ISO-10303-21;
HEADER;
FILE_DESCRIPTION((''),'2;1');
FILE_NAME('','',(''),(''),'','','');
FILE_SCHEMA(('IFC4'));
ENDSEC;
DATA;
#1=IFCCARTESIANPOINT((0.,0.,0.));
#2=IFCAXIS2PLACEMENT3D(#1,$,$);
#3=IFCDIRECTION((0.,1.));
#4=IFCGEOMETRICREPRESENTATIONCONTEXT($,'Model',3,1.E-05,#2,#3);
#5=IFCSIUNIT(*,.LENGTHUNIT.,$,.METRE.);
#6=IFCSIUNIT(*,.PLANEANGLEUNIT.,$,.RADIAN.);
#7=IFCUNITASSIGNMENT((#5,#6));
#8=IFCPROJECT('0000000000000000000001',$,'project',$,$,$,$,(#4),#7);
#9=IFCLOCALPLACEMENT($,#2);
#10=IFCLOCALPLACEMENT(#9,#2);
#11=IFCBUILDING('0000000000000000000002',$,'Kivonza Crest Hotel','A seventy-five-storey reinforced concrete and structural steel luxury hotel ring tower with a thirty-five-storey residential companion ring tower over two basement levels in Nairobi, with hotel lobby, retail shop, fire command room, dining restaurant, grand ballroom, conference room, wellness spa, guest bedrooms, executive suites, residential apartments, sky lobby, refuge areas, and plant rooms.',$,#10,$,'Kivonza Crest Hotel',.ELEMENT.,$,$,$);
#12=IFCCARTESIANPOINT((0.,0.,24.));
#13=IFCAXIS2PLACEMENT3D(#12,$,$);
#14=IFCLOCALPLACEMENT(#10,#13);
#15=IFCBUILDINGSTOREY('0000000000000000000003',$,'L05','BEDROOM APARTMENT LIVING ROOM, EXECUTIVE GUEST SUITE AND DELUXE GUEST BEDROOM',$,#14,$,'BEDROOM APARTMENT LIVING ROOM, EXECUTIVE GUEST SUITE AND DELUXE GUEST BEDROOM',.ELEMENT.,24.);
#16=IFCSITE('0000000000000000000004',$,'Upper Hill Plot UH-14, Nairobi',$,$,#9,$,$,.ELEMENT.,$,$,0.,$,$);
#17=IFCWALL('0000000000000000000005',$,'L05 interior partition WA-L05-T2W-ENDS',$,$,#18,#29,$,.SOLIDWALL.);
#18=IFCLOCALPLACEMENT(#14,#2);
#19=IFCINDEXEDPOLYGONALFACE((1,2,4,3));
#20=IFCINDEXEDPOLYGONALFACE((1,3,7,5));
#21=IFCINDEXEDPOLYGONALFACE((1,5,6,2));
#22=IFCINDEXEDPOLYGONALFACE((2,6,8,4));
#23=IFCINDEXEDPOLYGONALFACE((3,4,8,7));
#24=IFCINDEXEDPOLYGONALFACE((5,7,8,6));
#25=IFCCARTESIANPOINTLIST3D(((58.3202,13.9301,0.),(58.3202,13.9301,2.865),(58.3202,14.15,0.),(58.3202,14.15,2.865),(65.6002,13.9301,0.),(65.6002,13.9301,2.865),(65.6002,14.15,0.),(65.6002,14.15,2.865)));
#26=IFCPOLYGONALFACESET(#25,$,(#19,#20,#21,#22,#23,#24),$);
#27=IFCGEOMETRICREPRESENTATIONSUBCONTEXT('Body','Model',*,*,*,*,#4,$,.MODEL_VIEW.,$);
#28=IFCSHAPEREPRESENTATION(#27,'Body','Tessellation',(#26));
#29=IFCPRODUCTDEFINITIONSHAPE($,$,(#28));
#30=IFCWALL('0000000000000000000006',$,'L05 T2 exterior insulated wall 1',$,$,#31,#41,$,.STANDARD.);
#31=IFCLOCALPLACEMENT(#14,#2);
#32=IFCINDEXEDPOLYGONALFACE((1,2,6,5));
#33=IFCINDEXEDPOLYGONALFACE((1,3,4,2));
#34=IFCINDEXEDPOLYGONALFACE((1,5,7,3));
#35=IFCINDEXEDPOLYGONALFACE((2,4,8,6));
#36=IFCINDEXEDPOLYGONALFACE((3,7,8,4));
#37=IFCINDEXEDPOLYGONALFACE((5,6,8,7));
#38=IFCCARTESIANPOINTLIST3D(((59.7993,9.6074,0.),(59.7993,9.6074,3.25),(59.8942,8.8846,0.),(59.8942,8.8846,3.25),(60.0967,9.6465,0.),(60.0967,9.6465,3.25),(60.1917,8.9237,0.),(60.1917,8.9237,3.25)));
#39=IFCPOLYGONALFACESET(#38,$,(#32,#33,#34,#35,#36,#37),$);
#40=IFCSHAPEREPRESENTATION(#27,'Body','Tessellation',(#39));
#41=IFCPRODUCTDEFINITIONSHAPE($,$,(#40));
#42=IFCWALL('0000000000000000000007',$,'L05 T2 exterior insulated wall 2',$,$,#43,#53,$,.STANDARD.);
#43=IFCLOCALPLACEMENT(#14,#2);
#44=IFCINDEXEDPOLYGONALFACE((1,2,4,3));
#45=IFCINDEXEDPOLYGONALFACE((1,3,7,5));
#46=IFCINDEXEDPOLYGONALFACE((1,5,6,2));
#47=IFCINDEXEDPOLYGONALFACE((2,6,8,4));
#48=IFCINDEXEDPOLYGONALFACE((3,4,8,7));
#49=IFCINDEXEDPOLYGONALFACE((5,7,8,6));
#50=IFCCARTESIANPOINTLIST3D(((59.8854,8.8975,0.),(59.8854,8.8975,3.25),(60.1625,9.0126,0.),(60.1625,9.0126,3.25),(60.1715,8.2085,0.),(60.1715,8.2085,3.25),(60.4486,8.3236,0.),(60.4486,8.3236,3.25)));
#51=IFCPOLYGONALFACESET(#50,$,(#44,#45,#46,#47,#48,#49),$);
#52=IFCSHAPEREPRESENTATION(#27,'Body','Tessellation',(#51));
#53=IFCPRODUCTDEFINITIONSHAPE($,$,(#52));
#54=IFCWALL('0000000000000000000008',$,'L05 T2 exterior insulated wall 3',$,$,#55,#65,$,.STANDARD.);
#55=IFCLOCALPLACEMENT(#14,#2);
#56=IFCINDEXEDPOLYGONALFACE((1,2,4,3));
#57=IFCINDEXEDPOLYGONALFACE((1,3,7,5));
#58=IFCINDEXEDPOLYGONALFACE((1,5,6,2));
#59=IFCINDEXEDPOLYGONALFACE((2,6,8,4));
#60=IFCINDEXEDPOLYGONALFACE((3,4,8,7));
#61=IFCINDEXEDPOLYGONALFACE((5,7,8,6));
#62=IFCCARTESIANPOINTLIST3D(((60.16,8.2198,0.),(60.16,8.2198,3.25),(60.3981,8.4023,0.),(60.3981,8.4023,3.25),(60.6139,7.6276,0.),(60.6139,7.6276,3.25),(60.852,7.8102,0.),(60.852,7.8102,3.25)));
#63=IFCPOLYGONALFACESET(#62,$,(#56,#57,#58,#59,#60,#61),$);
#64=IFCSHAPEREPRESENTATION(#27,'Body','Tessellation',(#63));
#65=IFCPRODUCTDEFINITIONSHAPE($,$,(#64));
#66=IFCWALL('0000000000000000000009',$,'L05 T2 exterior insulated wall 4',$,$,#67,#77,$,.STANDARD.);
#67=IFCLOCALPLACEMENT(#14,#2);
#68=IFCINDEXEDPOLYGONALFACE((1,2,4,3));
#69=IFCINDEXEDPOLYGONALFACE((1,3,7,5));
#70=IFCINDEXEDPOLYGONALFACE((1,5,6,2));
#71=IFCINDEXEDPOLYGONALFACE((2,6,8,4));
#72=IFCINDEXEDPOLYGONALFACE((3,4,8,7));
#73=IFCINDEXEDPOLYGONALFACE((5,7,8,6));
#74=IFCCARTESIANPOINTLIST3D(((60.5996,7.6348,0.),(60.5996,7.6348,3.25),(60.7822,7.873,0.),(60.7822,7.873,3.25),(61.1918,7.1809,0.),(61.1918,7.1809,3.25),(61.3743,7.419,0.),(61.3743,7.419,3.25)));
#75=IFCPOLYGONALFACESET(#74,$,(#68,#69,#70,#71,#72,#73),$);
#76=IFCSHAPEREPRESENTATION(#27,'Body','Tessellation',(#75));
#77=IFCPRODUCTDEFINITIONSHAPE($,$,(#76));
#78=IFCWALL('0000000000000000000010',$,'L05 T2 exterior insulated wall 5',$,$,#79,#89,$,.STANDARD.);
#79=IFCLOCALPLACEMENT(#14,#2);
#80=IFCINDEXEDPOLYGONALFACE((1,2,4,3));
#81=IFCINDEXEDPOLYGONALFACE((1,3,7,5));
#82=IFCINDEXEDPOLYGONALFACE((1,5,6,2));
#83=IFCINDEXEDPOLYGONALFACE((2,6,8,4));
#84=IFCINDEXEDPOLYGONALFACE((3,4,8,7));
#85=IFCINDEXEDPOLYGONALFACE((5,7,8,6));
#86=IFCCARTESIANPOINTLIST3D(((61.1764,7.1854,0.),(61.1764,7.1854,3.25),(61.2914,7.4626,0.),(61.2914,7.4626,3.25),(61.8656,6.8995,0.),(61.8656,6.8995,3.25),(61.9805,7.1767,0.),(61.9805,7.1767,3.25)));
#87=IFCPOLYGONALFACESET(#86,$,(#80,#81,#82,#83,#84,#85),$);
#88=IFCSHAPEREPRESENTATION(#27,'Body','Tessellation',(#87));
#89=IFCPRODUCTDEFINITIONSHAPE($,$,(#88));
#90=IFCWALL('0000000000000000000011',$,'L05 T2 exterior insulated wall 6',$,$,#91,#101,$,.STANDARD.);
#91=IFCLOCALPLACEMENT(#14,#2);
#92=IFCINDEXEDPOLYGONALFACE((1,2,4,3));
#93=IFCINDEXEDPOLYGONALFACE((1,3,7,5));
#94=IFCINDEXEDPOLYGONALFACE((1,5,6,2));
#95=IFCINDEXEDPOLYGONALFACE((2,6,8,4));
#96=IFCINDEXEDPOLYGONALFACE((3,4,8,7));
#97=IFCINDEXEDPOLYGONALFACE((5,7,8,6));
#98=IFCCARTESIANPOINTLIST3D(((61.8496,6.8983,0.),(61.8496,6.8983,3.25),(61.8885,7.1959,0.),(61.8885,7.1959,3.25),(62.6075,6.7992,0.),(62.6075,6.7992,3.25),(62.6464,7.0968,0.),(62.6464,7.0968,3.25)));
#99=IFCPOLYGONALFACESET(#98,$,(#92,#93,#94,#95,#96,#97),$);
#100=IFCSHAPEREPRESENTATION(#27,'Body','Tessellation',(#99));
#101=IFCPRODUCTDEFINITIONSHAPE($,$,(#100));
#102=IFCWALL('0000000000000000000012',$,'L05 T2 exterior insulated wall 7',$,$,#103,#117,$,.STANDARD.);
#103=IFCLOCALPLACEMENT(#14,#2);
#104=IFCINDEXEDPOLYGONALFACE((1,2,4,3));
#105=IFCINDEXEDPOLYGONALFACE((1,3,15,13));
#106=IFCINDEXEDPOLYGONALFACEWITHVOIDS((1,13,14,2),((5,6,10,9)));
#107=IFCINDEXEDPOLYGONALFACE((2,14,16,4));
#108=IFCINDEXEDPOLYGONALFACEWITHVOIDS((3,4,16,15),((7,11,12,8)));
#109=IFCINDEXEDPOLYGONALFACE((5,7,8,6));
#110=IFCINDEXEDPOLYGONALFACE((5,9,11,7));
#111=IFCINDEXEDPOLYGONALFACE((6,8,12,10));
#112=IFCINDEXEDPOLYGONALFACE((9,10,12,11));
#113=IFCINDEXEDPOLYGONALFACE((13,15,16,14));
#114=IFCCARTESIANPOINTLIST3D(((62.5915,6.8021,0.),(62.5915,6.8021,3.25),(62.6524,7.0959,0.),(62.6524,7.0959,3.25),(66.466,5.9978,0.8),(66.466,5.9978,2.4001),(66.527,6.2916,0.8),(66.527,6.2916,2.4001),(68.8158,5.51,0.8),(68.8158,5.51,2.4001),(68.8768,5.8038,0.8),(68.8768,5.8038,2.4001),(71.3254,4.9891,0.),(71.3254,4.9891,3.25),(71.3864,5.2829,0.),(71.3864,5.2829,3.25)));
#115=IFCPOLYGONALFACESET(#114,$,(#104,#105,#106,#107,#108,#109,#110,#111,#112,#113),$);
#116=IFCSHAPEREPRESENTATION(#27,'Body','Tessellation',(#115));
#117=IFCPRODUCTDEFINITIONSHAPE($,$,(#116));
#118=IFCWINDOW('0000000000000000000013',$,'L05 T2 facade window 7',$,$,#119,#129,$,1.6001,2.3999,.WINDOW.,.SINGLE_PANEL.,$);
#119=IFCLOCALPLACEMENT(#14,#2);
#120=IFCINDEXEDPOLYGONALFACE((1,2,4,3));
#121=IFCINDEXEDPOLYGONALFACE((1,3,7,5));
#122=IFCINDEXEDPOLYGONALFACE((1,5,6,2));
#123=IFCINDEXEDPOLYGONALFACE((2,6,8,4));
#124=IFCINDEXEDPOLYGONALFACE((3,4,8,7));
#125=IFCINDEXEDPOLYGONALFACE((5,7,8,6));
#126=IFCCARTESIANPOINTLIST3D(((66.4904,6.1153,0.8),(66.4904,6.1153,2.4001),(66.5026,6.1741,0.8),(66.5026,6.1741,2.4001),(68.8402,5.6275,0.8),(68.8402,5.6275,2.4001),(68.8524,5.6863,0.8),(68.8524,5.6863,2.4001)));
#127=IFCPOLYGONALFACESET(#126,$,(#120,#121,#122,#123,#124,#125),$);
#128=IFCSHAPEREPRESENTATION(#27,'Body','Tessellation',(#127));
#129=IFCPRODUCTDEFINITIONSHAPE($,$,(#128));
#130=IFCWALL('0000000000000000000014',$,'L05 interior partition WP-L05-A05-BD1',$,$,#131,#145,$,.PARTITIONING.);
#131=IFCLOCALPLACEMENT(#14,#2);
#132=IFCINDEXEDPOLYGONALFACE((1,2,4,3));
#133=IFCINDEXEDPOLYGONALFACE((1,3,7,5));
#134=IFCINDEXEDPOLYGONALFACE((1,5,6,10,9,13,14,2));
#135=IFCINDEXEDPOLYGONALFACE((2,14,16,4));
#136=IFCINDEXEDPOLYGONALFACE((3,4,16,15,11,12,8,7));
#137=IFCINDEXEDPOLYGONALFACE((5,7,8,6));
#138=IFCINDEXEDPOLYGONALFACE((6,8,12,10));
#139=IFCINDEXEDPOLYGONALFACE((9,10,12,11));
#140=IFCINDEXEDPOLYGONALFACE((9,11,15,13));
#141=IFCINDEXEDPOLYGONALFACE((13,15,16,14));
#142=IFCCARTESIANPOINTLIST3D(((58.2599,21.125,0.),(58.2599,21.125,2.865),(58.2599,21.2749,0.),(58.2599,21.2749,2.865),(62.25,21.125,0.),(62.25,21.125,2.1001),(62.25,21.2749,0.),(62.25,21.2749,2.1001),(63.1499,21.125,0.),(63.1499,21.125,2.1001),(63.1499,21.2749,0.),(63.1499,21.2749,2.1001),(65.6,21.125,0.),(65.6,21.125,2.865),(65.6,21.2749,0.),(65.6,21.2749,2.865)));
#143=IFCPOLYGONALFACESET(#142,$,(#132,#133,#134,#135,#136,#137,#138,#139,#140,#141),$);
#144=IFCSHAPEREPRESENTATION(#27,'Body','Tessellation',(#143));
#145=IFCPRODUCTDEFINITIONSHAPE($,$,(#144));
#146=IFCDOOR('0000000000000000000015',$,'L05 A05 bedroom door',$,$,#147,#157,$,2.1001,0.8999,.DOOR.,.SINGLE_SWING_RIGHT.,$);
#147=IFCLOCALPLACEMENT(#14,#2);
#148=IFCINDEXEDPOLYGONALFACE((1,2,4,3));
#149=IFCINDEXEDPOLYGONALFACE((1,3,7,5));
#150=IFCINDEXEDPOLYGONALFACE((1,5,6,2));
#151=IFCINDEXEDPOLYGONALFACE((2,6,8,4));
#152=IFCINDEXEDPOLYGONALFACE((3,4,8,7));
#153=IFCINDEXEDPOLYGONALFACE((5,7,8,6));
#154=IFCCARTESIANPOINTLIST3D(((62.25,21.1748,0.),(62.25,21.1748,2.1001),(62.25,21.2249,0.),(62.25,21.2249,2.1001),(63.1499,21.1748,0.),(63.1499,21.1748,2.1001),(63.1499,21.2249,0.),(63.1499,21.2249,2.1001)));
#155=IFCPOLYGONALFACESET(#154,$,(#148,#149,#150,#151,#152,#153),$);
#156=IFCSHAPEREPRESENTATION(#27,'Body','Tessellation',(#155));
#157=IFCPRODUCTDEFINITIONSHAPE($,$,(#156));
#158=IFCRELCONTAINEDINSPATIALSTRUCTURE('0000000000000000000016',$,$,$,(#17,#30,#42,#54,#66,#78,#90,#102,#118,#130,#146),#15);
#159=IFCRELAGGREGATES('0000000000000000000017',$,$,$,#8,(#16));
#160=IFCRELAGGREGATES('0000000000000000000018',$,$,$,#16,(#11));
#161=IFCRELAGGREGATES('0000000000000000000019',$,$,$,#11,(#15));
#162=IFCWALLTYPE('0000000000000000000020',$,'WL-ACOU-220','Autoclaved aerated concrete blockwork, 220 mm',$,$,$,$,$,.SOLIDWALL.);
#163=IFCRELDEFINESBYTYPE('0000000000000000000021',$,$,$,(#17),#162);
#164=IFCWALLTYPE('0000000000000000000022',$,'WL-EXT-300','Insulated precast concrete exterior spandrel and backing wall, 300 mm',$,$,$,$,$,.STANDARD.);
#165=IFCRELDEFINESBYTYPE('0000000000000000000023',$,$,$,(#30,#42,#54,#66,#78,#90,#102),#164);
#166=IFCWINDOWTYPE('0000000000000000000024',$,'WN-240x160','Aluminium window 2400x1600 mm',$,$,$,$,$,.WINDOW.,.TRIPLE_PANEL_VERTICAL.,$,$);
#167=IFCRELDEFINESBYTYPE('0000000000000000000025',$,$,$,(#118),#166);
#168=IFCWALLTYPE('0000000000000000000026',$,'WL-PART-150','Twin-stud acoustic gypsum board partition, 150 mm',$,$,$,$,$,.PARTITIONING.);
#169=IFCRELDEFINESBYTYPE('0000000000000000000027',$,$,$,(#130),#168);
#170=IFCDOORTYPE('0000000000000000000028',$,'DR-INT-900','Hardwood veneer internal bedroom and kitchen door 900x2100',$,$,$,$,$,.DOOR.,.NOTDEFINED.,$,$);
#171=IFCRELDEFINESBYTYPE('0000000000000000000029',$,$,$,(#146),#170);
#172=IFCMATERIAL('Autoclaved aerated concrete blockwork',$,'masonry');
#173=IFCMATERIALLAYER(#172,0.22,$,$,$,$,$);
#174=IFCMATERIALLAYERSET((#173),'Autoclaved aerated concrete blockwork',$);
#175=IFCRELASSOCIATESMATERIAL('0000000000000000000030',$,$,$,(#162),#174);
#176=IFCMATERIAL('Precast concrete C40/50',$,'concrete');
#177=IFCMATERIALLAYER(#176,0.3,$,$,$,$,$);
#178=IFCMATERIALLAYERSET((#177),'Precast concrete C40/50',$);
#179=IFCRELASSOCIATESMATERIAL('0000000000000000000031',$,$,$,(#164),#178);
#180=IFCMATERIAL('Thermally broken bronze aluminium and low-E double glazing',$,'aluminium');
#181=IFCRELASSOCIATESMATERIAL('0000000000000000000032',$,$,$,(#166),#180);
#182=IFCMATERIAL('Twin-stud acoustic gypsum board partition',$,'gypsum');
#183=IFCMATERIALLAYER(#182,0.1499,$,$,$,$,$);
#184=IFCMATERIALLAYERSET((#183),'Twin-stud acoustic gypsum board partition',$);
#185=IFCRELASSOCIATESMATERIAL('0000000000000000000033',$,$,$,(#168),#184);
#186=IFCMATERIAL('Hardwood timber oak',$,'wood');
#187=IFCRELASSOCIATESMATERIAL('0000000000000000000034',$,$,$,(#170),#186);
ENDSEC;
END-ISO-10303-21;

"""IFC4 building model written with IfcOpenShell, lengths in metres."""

from ifc_helpers import new_model, si_unit, direction, frame, frame_2d, origin, place, context, subcontext, project, spatial, rectangle, extrude, material, layer, layer_set, type_object, element, fill, save


model = new_model("IFC4")

# Units and contexts
model_context = context("Model", 3, precision=1e-05, world=origin(), true_north=direction((0.0, 1.0)))
body_context = subcontext(model_context, "Body", "Model", "MODEL_VIEW")
ifc_project = project(units=[si_unit("LENGTHUNIT", "METRE"), si_unit("PLANEANGLEUNIT", "RADIAN")], contexts=[model_context])

# Site, building, storey
site_placement = place(None, origin())
site = spatial("IfcSite", under=ifc_project, at=site_placement, Name="Upper Hill Plot UH-14, Nairobi", CompositionType="ELEMENT", RefElevation=0.0)
building_placement = place(site_placement, origin())
building = spatial("IfcBuilding", under=site, at=building_placement, Name="Kivonza Crest Hotel", Description="A seventy-five-storey reinforced concrete and structural steel luxury hotel ring tower with a thirty-five-storey residential companion ring tower over two basement levels in Nairobi, with hotel lobby, retail shop, fire command room, dining restaurant, grand ballroom, conference room, wellness spa, guest bedrooms, executive suites, residential apartments, sky lobby, refuge areas, and plant rooms.", LongName="Kivonza Crest Hotel", CompositionType="ELEMENT")
storey_placement = place(building_placement, frame((0.0, 0.0, 24.0)))
storey = spatial("IfcBuildingStorey", under=building, at=storey_placement, Name="L05", Description="BEDROOM APARTMENT LIVING ROOM, EXECUTIVE GUEST SUITE AND DELUXE GUEST BEDROOM", LongName="BEDROOM APARTMENT LIVING ROOM, EXECUTIVE GUEST SUITE AND DELUXE GUEST BEDROOM", CompositionType="ELEMENT", Elevation=24.0)

# Walls
ifc_material_1 = material(Name="Autoclaved aerated concrete blockwork", Category="masonry")
ifc_layer_1 = layer(ifc_material_1, 0.22)
ifc_layer_set_1 = layer_set([ifc_layer_1], Name="Autoclaved aerated concrete blockwork")
wall_type_1 = type_object("IfcWallType", Name="WL-ACOU-220", Description="Autoclaved aerated concrete blockwork, 220 mm", PredefinedType="SOLIDWALL", material=ifc_layer_set_1)
wall_1_placement = place(storey_placement, frame((58.3201, 14.04, 0.0), z_axis=(0.0, 0.0, 1.0), x_axis=(1.0, 0.0, 0.0)))
element("IfcWall", 1, at=wall_1_placement, inside=storey, type_object=wall_type_1, Name="L05 interior partition WA-L05-T2W-ENDS", PredefinedType="SOLIDWALL", context=body_context, shape_type="SweptSolid", body=[
    extrude(rectangle(XDim=7.28, YDim=0.22, at=frame_2d((3.6401, 0.0))), origin(), (0.0, 0.0, 1.0), 2.865),
])
ifc_material_2 = material(Name="Precast concrete C40/50", Category="concrete")
ifc_layer_2 = layer(ifc_material_2, 0.3)
ifc_layer_set_2 = layer_set([ifc_layer_2], Name="Precast concrete C40/50")
wall_type_2 = type_object("IfcWallType", Name="WL-EXT-300", Description="Insulated precast concrete exterior spandrel and backing wall, 300 mm", PredefinedType="STANDARD", material=ifc_layer_set_2)
wall_2_placement = place(storey_placement, frame((59.948, 9.627, 0.0), z_axis=(0.0, 0.0, 1.0), x_axis=(0.130255, -0.99148, 0.0)))
element("IfcWall", 2, at=wall_2_placement, inside=storey, type_object=wall_type_2, Name="L05 T2 exterior insulated wall 1", PredefinedType="STANDARD", context=body_context, shape_type="SweptSolid", body=[
    extrude(rectangle(XDim=0.729, YDim=0.3, at=frame_2d((0.3645, 0.0))), origin(), (0.0, 0.0, 1.0), 3.25),
])
for number, where, z_axis, x_axis, name in (
    (3, (60.0239, 8.9551, 0.0), (0.0, 0.0, 1.0), (0.383546, -0.923522, 0.0), "L05 T2 exterior insulated wall 2"),
    (4, (60.2791, 8.311, 0.0), (0.0, 0.0, 1.0), (0.608397, -0.793633, 0.0), "L05 T2 exterior insulated wall 3"),
    (5, (60.6909, 7.7539, 0.0), (0.0, 0.0, 1.0), (0.793633, -0.608397, 0.0), "L05 T2 exterior insulated wall 4"),
    (6, (61.2339, 7.324, 0.0), (0.0, 0.0, 1.0), (0.923686, -0.383151, 0.0), "L05 T2 exterior insulated wall 5"),
):
    element("IfcWall", number, at=place(storey_placement, frame(where, z_axis=z_axis, x_axis=x_axis)), inside=storey, type_object=wall_type_2, Name=name, PredefinedType="STANDARD", context=body_context, shape_type="SweptSolid", body=[
        extrude(rectangle(XDim=0.7461, YDim=0.3, at=frame_2d((0.373, 0.0))), origin(), (0.0, 0.0, 1.0), 3.25),
    ])
wall_3_placement = place(storey_placement, frame((61.8689, 7.0471, 0.0), z_axis=(0.0, 0.0, 1.0), x_axis=(0.991559, -0.129653, 0.0)))
element("IfcWall", 7, at=wall_3_placement, inside=storey, type_object=wall_type_2, Name="L05 T2 exterior insulated wall 6", PredefinedType="STANDARD", context=body_context, shape_type="SweptSolid", body=[
    extrude(rectangle(XDim=0.7644, YDim=0.3, at=frame_2d((0.3823, 0.0))), origin(), (0.0, 0.0, 1.0), 3.25),
])

# Wall, opening, window
wall_4_placement = place(storey_placement, frame((62.6221, 6.949, 0.0), z_axis=(0.0, 0.0, 1.0), x_axis=(0.979127, -0.203248, 0.0)))
wall_4 = element("IfcWall", 8, at=wall_4_placement, inside=storey, type_object=wall_type_2, Name="L05 T2 exterior insulated wall 7", PredefinedType="STANDARD", context=body_context, shape_type="SweptSolid", body=[
    extrude(rectangle(XDim=8.9202, YDim=0.3, at=frame_2d((4.46, 0.0))), origin(), (0.0, 0.0, 1.0), 3.25),
])
opening_1_placement = place(wall_4_placement, frame((3.957, 0.0, 0.8)))
opening_1 = element("IfcOpeningElement", 9, at=opening_1_placement, cuts=wall_4, PredefinedType="OPENING", context=body_context, shape_type="SweptSolid", body=[
    extrude(rectangle(XDim=2.3999, YDim=1.6001, at=frame_2d((1.2, 0.8))), frame((0.0, 0.1602, 0.0), z_axis=(0.0, -1.0, 0.0), x_axis=(1.0, 0.0, 0.0)), (0.0, 0.0, 1.0), 0.3201),
])
ifc_material_3 = material(Name="Thermally broken bronze aluminium and low-E double glazing", Category="aluminium")
window_type = type_object("IfcWindowType", Name="WN-240x160", Description="Aluminium window 2400x1600 mm", PartitioningType="TRIPLE_PANEL_VERTICAL", PredefinedType="WINDOW", material=ifc_material_3)
window_placement = place(opening_1_placement, origin())
window = element("IfcWindow", 10, at=window_placement, inside=storey, type_object=window_type, Name="L05 T2 facade window 7", OverallHeight=1.6001, OverallWidth=2.3999, PartitioningType="SINGLE_PANEL", PredefinedType="WINDOW", context=body_context, shape_type="SweptSolid", body=[
    extrude(rectangle(XDim=2.3999, YDim=1.6001, at=frame_2d((1.2, 0.8))), frame((0.0, 0.03, 0.0), z_axis=(0.0, -1.0, 0.0), x_axis=(1.0, 0.0, 0.0)), (0.0, 0.0, 1.0), 0.0601),
])
fill(opening_1, window)

# Wall, opening, door
ifc_material_4 = material(Name="Twin-stud acoustic gypsum board partition", Category="gypsum")
ifc_layer_3 = layer(ifc_material_4, 0.1499)
ifc_layer_set_3 = layer_set([ifc_layer_3], Name="Twin-stud acoustic gypsum board partition")
wall_type_3 = type_object("IfcWallType", Name="WL-PART-150", Description="Twin-stud acoustic gypsum board partition, 150 mm", PredefinedType="PARTITIONING", material=ifc_layer_set_3)
wall_5_placement = place(storey_placement, frame((58.26, 21.2, 0.0), z_axis=(0.0, 0.0, 1.0), x_axis=(1.0, 0.0, 0.0)))
wall_5 = element("IfcWall", 11, at=wall_5_placement, inside=storey, type_object=wall_type_3, Name="L05 interior partition WP-L05-A05-BD1", PredefinedType="PARTITIONING", context=body_context, shape_type="SweptSolid", body=[
    extrude(rectangle(XDim=7.3401, YDim=0.1499, at=frame_2d((3.6699, 0.0))), origin(), (0.0, 0.0, 1.0), 2.865),
])
opening_2_placement = place(wall_5_placement, frame((3.99, 0.0, 0.0)))
opening_2 = element("IfcOpeningElement", 12, at=opening_2_placement, cuts=wall_5, PredefinedType="OPENING", context=body_context, shape_type="SweptSolid", body=[
    extrude(rectangle(XDim=0.8999, YDim=2.1001, at=frame_2d((0.45, 1.05))), frame((0.0, 0.085, 0.0), z_axis=(0.0, -1.0, 0.0), x_axis=(1.0, 0.0, 0.0)), (0.0, 0.0, 1.0), 0.1699),
])
ifc_material_5 = material(Name="Hardwood timber oak", Category="wood")
door_type_1 = type_object("IfcDoorType", Name="DR-INT-900", Description="Hardwood veneer internal bedroom and kitchen door 900x2100", OperationType="NOTDEFINED", PredefinedType="DOOR", material=ifc_material_5)
door_1_placement = place(opening_2_placement, origin())
door_1 = element("IfcDoor", 13, at=door_1_placement, inside=storey, type_object=door_type_1, Name="L05 A05 bedroom door", OperationType="SINGLE_SWING_RIGHT", OverallHeight=2.1001, OverallWidth=0.8999, PredefinedType="DOOR", context=body_context, shape_type="SweptSolid", body=[
    extrude(rectangle(XDim=0.8999, YDim=2.1001, at=frame_2d((0.45, 1.05))), frame((0.0, 0.0249, 0.0), z_axis=(0.0, -1.0, 0.0), x_axis=(1.0, 0.0, 0.0)), (0.0, 0.0, 1.0), 0.05),
])
fill(opening_2, door_1)

save(model, "model.ifc")
